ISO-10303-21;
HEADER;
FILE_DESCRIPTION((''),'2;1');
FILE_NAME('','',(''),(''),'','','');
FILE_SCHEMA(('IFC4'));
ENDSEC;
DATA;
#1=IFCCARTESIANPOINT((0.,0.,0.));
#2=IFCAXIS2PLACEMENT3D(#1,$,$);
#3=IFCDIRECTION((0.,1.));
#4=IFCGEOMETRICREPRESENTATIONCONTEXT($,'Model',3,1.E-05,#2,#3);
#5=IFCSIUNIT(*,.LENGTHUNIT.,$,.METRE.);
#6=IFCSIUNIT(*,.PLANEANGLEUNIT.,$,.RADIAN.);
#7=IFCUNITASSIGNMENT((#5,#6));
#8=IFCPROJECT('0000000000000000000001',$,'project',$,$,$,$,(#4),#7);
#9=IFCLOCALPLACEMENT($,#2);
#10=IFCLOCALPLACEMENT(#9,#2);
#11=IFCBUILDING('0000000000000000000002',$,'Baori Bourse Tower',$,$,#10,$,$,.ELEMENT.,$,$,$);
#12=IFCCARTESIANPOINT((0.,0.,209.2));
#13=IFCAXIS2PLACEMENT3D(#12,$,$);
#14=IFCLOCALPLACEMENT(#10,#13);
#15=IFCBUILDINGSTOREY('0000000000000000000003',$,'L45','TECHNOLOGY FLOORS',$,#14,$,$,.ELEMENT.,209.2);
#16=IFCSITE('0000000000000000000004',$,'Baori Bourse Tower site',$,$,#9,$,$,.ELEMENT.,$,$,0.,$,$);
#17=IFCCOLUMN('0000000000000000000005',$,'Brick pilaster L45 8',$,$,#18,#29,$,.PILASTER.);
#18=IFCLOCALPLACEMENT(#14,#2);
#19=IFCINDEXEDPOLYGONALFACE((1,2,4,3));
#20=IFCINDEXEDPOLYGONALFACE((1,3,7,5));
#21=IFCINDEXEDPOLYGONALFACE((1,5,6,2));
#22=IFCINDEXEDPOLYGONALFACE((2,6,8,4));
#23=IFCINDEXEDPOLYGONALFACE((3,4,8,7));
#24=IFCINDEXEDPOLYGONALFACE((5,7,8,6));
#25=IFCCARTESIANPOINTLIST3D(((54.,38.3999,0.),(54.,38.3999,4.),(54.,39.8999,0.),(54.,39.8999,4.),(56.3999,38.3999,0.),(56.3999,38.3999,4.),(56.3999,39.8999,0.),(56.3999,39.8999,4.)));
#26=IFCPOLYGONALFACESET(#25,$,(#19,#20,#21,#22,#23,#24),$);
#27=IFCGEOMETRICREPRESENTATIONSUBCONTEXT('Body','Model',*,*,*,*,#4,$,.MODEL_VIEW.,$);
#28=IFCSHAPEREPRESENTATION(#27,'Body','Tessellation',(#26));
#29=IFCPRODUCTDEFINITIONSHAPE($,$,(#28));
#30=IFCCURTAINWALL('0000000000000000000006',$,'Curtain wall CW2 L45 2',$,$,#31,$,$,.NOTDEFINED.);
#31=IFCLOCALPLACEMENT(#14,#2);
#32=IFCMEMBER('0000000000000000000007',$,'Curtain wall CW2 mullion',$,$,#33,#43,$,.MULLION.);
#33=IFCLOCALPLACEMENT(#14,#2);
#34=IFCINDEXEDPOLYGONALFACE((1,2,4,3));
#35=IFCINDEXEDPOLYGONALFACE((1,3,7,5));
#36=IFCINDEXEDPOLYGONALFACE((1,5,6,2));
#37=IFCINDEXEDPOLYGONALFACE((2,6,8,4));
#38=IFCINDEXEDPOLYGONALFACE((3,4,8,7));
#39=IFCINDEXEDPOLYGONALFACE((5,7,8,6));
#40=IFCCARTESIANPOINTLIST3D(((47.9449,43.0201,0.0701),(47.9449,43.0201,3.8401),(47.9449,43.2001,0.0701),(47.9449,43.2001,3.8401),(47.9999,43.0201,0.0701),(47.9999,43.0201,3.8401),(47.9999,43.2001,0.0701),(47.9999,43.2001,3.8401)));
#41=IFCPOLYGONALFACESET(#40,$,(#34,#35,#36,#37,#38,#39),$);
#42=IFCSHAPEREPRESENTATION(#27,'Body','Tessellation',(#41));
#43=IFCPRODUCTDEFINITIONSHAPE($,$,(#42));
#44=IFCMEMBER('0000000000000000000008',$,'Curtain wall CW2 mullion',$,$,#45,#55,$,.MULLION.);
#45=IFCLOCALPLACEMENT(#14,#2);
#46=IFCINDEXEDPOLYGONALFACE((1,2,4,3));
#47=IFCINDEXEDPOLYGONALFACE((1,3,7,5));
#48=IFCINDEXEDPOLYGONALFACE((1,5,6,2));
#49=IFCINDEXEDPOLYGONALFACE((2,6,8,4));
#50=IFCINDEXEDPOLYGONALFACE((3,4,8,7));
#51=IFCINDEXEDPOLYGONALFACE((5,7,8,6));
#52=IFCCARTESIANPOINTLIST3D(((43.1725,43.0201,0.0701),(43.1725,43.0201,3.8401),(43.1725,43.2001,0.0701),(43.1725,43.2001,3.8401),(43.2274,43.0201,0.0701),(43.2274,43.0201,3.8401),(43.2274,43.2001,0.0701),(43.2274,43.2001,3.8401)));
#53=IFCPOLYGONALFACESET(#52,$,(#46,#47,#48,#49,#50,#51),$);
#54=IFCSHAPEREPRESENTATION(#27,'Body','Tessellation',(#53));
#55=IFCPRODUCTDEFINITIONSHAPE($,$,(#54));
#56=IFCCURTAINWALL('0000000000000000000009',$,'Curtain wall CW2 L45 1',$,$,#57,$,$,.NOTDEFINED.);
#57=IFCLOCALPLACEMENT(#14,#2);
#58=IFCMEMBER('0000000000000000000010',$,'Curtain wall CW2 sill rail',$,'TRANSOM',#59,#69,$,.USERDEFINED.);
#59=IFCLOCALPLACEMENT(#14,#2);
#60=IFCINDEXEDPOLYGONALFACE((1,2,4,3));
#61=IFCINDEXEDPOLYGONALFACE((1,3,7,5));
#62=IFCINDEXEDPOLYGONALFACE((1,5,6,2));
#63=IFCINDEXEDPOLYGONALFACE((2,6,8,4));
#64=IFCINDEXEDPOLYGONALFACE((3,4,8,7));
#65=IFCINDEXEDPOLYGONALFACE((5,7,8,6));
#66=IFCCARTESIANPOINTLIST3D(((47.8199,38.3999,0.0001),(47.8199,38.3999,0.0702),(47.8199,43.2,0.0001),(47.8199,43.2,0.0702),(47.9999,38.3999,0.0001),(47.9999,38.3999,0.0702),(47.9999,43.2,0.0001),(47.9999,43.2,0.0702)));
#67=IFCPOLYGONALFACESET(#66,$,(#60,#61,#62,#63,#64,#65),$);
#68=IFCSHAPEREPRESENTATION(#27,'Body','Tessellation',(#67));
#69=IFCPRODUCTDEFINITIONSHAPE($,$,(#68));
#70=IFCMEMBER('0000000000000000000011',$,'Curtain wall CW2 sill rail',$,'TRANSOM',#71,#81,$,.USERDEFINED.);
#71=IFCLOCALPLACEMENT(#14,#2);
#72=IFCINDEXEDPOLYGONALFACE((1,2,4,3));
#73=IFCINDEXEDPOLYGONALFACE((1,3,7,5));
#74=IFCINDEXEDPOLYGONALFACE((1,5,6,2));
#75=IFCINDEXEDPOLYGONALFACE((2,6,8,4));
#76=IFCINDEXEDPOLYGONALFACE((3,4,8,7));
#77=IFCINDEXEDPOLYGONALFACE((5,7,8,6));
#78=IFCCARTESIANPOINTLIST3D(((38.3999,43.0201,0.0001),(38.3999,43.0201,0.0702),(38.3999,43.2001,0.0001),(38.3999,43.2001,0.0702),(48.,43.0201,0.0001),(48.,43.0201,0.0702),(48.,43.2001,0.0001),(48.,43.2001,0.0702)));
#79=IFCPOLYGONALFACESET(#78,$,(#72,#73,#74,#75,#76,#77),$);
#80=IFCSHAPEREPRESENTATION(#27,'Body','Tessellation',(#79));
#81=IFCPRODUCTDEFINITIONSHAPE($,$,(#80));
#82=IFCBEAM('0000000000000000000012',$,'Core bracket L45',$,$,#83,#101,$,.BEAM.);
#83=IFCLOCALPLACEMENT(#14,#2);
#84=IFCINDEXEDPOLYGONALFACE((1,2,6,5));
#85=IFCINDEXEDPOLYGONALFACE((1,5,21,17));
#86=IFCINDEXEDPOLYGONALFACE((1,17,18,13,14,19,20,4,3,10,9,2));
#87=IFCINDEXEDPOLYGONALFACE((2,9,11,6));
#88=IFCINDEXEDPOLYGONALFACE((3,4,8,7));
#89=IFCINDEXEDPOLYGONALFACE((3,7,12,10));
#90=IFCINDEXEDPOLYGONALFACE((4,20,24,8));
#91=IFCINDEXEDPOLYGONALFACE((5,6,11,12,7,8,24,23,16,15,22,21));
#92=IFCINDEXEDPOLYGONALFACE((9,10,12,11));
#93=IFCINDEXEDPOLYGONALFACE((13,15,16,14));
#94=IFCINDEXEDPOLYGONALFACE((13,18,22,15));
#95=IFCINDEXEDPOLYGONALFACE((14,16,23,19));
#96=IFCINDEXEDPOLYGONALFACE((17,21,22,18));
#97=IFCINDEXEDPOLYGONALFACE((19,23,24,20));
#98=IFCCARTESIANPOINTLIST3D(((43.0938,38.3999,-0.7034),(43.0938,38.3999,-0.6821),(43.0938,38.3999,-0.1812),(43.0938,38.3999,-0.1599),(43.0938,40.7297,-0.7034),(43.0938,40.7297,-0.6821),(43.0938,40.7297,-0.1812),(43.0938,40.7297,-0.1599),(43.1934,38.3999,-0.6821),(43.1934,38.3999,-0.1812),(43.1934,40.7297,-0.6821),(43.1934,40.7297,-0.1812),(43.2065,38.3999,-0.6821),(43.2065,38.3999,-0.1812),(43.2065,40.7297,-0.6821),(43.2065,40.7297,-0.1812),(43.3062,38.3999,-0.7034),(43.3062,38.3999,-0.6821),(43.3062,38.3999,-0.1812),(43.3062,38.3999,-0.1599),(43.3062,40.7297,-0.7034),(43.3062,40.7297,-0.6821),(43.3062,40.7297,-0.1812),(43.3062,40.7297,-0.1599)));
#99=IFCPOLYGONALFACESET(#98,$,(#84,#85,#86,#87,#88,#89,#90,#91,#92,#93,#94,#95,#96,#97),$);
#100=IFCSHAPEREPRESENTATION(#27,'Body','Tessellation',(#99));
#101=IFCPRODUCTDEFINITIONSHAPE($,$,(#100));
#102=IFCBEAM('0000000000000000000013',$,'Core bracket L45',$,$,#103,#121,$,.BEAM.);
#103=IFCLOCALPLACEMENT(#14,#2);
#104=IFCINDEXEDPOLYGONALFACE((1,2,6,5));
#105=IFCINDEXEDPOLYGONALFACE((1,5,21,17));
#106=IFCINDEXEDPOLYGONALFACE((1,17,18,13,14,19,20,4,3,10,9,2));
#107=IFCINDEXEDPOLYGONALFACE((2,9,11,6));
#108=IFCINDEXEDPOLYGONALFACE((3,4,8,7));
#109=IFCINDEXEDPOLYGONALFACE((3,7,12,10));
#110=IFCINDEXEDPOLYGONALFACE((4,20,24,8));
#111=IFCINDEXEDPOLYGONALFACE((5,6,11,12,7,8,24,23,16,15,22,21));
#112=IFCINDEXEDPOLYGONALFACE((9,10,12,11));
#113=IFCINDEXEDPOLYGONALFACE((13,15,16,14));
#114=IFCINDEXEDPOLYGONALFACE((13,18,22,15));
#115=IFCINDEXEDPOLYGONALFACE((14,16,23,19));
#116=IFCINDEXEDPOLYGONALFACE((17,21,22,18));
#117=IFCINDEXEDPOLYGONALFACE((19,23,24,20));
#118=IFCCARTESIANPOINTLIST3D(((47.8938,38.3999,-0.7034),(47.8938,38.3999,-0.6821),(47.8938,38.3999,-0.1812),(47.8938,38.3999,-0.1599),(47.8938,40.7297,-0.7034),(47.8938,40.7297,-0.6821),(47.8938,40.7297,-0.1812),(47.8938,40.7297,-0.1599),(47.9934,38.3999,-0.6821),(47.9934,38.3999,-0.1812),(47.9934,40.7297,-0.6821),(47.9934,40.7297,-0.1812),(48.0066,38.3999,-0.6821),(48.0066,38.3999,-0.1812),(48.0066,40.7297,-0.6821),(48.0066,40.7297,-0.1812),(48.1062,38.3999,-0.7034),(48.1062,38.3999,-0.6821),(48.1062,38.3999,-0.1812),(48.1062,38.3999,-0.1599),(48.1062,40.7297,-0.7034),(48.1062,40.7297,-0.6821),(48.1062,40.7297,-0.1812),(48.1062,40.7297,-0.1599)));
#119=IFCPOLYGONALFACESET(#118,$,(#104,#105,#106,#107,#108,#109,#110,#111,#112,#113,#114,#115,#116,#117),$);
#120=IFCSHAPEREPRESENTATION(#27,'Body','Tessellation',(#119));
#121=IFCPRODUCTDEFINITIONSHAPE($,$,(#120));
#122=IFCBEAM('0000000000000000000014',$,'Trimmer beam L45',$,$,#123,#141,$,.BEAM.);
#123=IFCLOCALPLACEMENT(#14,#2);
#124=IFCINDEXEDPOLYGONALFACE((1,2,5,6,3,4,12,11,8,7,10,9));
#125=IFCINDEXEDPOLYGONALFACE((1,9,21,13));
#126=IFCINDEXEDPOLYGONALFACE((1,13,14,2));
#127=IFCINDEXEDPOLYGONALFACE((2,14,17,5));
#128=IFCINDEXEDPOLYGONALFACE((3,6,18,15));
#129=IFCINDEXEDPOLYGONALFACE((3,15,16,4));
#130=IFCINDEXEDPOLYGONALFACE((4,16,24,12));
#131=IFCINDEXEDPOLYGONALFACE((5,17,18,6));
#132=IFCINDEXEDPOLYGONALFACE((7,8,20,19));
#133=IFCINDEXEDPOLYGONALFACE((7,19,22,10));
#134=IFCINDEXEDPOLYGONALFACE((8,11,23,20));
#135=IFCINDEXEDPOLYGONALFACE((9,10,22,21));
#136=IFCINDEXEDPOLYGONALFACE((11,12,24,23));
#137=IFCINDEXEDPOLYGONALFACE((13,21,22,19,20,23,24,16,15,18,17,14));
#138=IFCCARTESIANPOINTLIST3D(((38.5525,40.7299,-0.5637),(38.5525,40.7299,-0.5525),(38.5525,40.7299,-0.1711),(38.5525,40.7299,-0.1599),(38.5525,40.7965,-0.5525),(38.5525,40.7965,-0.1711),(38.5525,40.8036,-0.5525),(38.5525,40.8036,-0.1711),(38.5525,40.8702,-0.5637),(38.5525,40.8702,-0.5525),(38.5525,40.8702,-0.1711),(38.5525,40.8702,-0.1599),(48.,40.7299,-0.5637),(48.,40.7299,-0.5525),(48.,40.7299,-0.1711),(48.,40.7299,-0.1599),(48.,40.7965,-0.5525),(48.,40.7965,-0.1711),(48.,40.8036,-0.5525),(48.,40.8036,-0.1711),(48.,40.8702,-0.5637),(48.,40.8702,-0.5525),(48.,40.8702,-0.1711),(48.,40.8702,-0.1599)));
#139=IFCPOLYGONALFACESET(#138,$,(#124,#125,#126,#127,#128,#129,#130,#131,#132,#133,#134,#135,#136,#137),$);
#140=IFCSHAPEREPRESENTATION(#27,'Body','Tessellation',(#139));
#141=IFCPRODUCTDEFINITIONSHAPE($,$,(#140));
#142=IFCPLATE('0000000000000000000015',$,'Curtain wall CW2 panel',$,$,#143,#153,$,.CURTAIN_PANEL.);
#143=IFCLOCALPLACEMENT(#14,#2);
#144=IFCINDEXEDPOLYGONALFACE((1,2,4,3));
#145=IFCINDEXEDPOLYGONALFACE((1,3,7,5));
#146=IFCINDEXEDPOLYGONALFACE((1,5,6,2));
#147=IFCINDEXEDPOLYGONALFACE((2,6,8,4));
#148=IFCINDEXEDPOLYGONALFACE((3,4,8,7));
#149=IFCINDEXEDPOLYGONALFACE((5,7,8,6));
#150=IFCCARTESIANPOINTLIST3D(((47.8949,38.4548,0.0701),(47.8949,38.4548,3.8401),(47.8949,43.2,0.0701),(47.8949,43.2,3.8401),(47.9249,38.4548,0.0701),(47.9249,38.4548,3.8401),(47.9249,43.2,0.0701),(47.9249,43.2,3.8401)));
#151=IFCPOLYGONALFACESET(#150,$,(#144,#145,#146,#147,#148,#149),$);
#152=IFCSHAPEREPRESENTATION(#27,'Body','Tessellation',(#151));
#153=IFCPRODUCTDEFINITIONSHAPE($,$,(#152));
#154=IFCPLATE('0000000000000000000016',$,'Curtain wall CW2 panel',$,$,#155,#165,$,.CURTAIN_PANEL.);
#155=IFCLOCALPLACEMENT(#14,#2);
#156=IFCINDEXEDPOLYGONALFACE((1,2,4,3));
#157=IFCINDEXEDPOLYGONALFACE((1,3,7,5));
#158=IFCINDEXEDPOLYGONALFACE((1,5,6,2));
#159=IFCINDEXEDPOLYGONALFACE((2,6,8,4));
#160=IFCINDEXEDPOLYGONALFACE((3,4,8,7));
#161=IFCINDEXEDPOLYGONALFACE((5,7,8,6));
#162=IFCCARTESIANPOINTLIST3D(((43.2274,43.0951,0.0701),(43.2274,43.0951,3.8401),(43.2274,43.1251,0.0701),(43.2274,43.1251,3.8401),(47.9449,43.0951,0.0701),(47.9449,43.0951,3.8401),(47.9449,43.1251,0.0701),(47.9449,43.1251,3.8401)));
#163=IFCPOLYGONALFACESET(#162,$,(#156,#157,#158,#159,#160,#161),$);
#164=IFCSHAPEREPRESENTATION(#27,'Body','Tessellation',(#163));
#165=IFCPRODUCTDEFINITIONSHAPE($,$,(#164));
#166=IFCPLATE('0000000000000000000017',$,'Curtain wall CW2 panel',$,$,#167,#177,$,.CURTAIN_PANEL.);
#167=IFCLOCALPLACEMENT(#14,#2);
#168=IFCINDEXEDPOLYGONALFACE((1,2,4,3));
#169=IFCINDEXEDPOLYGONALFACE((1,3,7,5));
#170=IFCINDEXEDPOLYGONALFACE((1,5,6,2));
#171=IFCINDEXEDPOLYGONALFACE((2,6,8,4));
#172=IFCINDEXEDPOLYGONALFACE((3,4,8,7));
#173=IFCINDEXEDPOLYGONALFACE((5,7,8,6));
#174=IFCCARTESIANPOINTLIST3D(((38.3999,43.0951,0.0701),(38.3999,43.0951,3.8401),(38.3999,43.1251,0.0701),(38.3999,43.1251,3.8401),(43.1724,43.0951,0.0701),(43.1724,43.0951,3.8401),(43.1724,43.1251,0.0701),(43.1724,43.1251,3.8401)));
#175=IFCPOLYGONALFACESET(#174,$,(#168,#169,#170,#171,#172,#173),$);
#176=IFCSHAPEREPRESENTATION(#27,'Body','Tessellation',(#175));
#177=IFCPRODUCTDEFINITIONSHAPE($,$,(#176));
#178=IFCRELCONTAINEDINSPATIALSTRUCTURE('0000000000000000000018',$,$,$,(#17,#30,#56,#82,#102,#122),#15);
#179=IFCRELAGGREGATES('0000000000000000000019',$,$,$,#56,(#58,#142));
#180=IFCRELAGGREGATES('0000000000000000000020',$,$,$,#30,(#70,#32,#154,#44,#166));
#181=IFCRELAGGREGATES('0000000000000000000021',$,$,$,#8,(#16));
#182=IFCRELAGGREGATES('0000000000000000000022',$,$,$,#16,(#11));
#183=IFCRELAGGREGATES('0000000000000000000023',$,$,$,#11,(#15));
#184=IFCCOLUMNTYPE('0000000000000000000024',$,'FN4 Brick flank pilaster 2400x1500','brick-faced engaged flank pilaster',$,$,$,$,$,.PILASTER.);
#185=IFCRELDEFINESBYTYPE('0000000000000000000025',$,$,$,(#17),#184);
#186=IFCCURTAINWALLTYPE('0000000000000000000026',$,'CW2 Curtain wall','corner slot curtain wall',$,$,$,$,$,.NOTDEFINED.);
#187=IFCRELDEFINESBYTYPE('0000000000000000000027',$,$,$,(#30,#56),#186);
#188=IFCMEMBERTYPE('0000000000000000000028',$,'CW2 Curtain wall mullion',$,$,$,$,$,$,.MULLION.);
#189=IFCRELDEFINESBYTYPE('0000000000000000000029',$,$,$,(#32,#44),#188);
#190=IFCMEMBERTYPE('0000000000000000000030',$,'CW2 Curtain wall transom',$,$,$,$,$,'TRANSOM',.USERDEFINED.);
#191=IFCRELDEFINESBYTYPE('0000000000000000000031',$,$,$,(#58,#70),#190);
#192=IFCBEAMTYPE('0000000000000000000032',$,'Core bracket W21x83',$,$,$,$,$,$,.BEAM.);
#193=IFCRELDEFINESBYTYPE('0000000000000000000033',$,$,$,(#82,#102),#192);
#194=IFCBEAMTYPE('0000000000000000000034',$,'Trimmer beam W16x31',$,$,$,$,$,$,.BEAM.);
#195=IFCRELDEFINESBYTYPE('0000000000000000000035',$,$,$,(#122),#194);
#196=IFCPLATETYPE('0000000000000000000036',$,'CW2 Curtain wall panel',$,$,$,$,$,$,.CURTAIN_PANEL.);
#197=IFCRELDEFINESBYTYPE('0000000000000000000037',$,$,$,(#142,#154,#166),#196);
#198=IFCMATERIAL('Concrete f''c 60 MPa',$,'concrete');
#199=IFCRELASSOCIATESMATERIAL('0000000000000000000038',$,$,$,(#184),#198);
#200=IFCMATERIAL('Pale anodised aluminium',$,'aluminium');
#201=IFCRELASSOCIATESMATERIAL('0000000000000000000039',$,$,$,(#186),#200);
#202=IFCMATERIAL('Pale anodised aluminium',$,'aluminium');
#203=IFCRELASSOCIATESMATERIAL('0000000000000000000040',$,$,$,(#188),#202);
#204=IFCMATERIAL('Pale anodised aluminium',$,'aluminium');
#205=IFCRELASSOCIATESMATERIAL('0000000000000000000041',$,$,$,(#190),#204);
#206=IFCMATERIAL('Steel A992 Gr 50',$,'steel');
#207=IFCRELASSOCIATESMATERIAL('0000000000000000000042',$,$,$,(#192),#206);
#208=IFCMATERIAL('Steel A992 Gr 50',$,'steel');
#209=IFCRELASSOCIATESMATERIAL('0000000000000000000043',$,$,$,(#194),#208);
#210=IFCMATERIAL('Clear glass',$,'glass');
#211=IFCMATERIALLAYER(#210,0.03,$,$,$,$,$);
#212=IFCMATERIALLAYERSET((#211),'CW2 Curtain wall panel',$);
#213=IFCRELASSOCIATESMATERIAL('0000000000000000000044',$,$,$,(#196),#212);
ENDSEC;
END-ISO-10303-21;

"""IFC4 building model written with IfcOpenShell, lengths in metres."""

from ifc_helpers import new_model, si_unit, direction, frame, origin, origin_2d, place, context, subcontext, project, spatial, rectangle, i_section, extrude, material, layer, layer_set, material_profile, profile_set, type_object, element, aggregate, save


model = new_model("IFC4")

# Units and contexts
model_context = context("Model", 3, precision=1e-05, world=origin(), true_north=direction((0.0, 1.0)))
body_context = subcontext(model_context, "Body", "Model", "MODEL_VIEW")
ifc_project = project(units=[si_unit("LENGTHUNIT", "METRE"), si_unit("PLANEANGLEUNIT", "RADIAN")], contexts=[model_context])

# Site, building, storey
site_placement = place(None, origin())
site = spatial("IfcSite", under=ifc_project, at=site_placement, Name="Baori Bourse Tower site", CompositionType="ELEMENT", RefElevation=0.0)
building_placement = place(site_placement, origin())
building = spatial("IfcBuilding", under=site, at=building_placement, Name="Baori Bourse Tower", CompositionType="ELEMENT")
storey_placement = place(building_placement, frame((0.0, 0.0, 209.2)))
storey = spatial("IfcBuildingStorey", under=building, at=storey_placement, Name="L45", Description="TECHNOLOGY FLOORS", CompositionType="ELEMENT", Elevation=209.2)

# Column
ifc_material_1 = material(Name="Concrete f'c 60 MPa", Category="concrete")
ifc_material_profile_1 = material_profile(ifc_material_1, rectangle(XDim=2.3999, YDim=1.5, at=origin_2d()), Name="RC 2400x1500")
ifc_profile_set_1 = profile_set([ifc_material_profile_1], Name="Concrete f'c 60 MPa")
column_type = type_object("IfcColumnType", Name="FN4 Brick flank pilaster 2400x1500", Description="brick-faced engaged flank pilaster", PredefinedType="PILASTER", material=ifc_profile_set_1)
column_placement = place(storey_placement, frame((55.2, 39.1499, 0.0), z_axis=(0.0, 0.0, 1.0), x_axis=(1.0, 0.0, 0.0)))
element("IfcColumn", 1, at=column_placement, inside=storey, type_object=column_type, Name="Brick pilaster L45 8", PredefinedType="PILASTER", context=body_context, shape_type="SweptSolid", body=[
    extrude(rectangle(XDim=2.3999, YDim=1.5, at=origin_2d()), origin(), (0.0, 0.0, 1.0), 4.0),
])

# Curtain wall, members
ifc_material_2 = material(Name="Pale anodised aluminium", Category="aluminium")
curtain_wall_type = type_object("IfcCurtainWallType", Name="CW2 Curtain wall", Description="corner slot curtain wall", PredefinedType="NOTDEFINED", material=ifc_material_2)
curtain_wall_1_placement = place(storey_placement, origin())
curtain_wall_1 = element("IfcCurtainWall", 2, at=curtain_wall_1_placement, inside=storey, type_object=curtain_wall_type, Name="Curtain wall CW2 L45 2", PredefinedType="NOTDEFINED")
ifc_material_3 = material(Name="Pale anodised aluminium", Category="aluminium")
ifc_material_profile_2 = material_profile(ifc_material_3, rectangle(XDim=0.1799, YDim=0.0549, at=origin_2d()), Name="Mullion 55x180")
ifc_profile_set_2 = profile_set([ifc_material_profile_2], Name="Pale anodised aluminium")
member_type_1 = type_object("IfcMemberType", Name="CW2 Curtain wall mullion", PredefinedType="MULLION", material=ifc_profile_set_2)
member_1_placement = place(storey_placement, frame((47.9724, 43.1101, 0.0701), z_axis=(0.0, 0.0, 1.0), x_axis=(0.0, -1.0, 0.0)))
member_1 = element("IfcMember", 3, at=member_1_placement, type_object=member_type_1, Name="Curtain wall CW2 mullion", PredefinedType="MULLION", context=body_context, shape_type="SweptSolid", body=[
    extrude(rectangle(XDim=0.1799, YDim=0.0549, at=origin_2d()), origin(), (0.0, 0.0, 1.0), 3.77),
])
member_2_placement = place(storey_placement, frame((43.2, 43.1101, 0.0701), z_axis=(0.0, 0.0, 1.0), x_axis=(0.0, -1.0, 0.0)))
member_2 = element("IfcMember", 4, at=member_2_placement, type_object=member_type_1, Name="Curtain wall CW2 mullion", PredefinedType="MULLION", context=body_context, shape_type="SweptSolid", body=[
    extrude(rectangle(XDim=0.1799, YDim=0.0549, at=origin_2d()), origin(), (0.0, 0.0, 1.0), 3.77),
])

# Curtain wall, member
curtain_wall_2_placement = place(storey_placement, origin())
curtain_wall_2 = element("IfcCurtainWall", 5, at=curtain_wall_2_placement, inside=storey, type_object=curtain_wall_type, Name="Curtain wall CW2 L45 1", PredefinedType="NOTDEFINED")
ifc_material_4 = material(Name="Pale anodised aluminium", Category="aluminium")
ifc_material_profile_3 = material_profile(ifc_material_4, rectangle(XDim=0.1799, YDim=0.0701, at=origin_2d()), Name="Transom 70x180")
ifc_profile_set_3 = profile_set([ifc_material_profile_3], Name="Pale anodised aluminium")
member_type_2 = type_object("IfcMemberType", Name="CW2 Curtain wall transom", ElementType="TRANSOM", PredefinedType="USERDEFINED", material=ifc_profile_set_3)
member_3_placement = place(storey_placement, frame((47.9099, 38.3999, 0.0352), z_axis=(0.0, 1.0, 0.0), x_axis=(-1.0, 0.0, 0.0)))
member_3 = element("IfcMember", 6, at=member_3_placement, type_object=member_type_2, Name="Curtain wall CW2 sill rail", ObjectType="TRANSOM", PredefinedType="USERDEFINED", context=body_context, shape_type="SweptSolid", body=[
    extrude(rectangle(XDim=0.1799, YDim=0.0701, at=origin_2d()), origin(), (0.0, 0.0, 1.0), 4.8),
])

# Member
member_4_placement = place(storey_placement, frame((48.0, 43.1101, 0.0352), z_axis=(-1.0, 0.0, 0.0), x_axis=(0.0, -1.0, 0.0)))
member_4 = element("IfcMember", 7, at=member_4_placement, type_object=member_type_2, Name="Curtain wall CW2 sill rail", ObjectType="TRANSOM", PredefinedType="USERDEFINED", context=body_context, shape_type="SweptSolid", body=[
    extrude(rectangle(XDim=0.1799, YDim=0.0701, at=origin_2d()), origin(), (0.0, 0.0, 1.0), 9.6001),
])

# Beams
ifc_material_5 = material(Name="Steel A992 Gr 50", Category="steel")
ifc_material_profile_4 = material_profile(ifc_material_5, i_section(OverallWidth=0.2124, OverallDepth=0.5435, WebThickness=0.0132, FlangeThickness=0.0212, at=origin_2d()), Name="W21x83")
ifc_profile_set_4 = profile_set([ifc_material_profile_4], Name="Steel A992 Gr 50")
beam_type_1 = type_object("IfcBeamType", Name="Core bracket W21x83", PredefinedType="BEAM", material=ifc_profile_set_4)
for number, where, z_axis, x_axis, name in (
    (8, (43.2, 38.3999, -0.4316), (0.0, 1.0, 0.0), (-1.0, 0.0, 0.0), "Core bracket L45"),
    (9, (48.0, 38.3999, -0.4316), (0.0, 1.0, 0.0), (-1.0, 0.0, 0.0), "Core bracket L45"),
):
    element("IfcBeam", number, at=place(storey_placement, frame(where, z_axis=z_axis, x_axis=x_axis)), inside=storey, type_object=beam_type_1, Name=name, PredefinedType="BEAM", context=body_context, shape_type="SweptSolid", body=[
        extrude(i_section(OverallWidth=0.2124, OverallDepth=0.5435, WebThickness=0.0132, FlangeThickness=0.0212, at=origin_2d()), origin(), (0.0, 0.0, 1.0), 2.3298),
    ])
ifc_material_6 = material(Name="Steel A992 Gr 50", Category="steel")
ifc_material_profile_5 = material_profile(ifc_material_6, i_section(OverallWidth=0.1404, OverallDepth=0.4038, WebThickness=0.0071, FlangeThickness=0.0112, at=origin_2d()), Name="W16x31")
ifc_profile_set_5 = profile_set([ifc_material_profile_5], Name="Steel A992 Gr 50")
beam_type_2 = type_object("IfcBeamType", Name="Trimmer beam W16x31", PredefinedType="BEAM", material=ifc_profile_set_5)
beam_placement = place(storey_placement, frame((38.5525, 40.8, -0.3618), z_axis=(1.0, 0.0, 0.0), x_axis=(0.0, 1.0, 0.0)))
element("IfcBeam", 10, at=beam_placement, inside=storey, type_object=beam_type_2, Name="Trimmer beam L45", PredefinedType="BEAM", context=body_context, shape_type="SweptSolid", body=[
    extrude(i_section(OverallWidth=0.1404, OverallDepth=0.4038, WebThickness=0.0071, FlangeThickness=0.0112, at=origin_2d()), origin(), (0.0, 0.0, 1.0), 9.4475),
])

# Plates
ifc_material_7 = material(Name="Clear glass", Category="glass")
ifc_layer_1 = layer(ifc_material_7, 0.03)
ifc_layer_set_1 = layer_set([ifc_layer_1], Name="CW2 Curtain wall panel")
plate_type = type_object("IfcPlateType", Name="CW2 Curtain wall panel", PredefinedType="CURTAIN_PANEL", material=ifc_layer_set_1)
plate_1_placement = place(storey_placement, frame((47.9099, 40.8274, 0.0701), z_axis=(0.0, 0.0, 1.0), x_axis=(0.0, 1.0, 0.0)))
plate_1 = element("IfcPlate", 11, at=plate_1_placement, type_object=plate_type, Name="Curtain wall CW2 panel", PredefinedType="CURTAIN_PANEL", context=body_context, shape_type="SweptSolid", body=[
    extrude(rectangle(XDim=4.7451, YDim=0.03, at=origin_2d()), origin(), (0.0, 0.0, 1.0), 3.77),
])
aggregate(curtain_wall_2, [member_3, plate_1])
plate_2_placement = place(storey_placement, frame((45.5862, 43.1101, 0.0701), z_axis=(0.0, 0.0, 1.0), x_axis=(-1.0, 0.0, 0.0)))
plate_2 = element("IfcPlate", 12, at=plate_2_placement, type_object=plate_type, Name="Curtain wall CW2 panel", PredefinedType="CURTAIN_PANEL", context=body_context, shape_type="SweptSolid", body=[
    extrude(rectangle(XDim=4.7175, YDim=0.03, at=origin_2d()), origin(), (0.0, 0.0, 1.0), 3.77),
])
plate_3_placement = place(storey_placement, frame((40.7861, 43.1101, 0.0701), z_axis=(0.0, 0.0, 1.0), x_axis=(-1.0, 0.0, 0.0)))
plate_3 = element("IfcPlate", 13, at=plate_3_placement, type_object=plate_type, Name="Curtain wall CW2 panel", PredefinedType="CURTAIN_PANEL", context=body_context, shape_type="SweptSolid", body=[
    extrude(rectangle(XDim=4.7725, YDim=0.03, at=origin_2d()), origin(), (0.0, 0.0, 1.0), 3.77),
])
aggregate(curtain_wall_1, [member_4, member_1, plate_2, member_2, plate_3])

save(model, "model.ifc")
